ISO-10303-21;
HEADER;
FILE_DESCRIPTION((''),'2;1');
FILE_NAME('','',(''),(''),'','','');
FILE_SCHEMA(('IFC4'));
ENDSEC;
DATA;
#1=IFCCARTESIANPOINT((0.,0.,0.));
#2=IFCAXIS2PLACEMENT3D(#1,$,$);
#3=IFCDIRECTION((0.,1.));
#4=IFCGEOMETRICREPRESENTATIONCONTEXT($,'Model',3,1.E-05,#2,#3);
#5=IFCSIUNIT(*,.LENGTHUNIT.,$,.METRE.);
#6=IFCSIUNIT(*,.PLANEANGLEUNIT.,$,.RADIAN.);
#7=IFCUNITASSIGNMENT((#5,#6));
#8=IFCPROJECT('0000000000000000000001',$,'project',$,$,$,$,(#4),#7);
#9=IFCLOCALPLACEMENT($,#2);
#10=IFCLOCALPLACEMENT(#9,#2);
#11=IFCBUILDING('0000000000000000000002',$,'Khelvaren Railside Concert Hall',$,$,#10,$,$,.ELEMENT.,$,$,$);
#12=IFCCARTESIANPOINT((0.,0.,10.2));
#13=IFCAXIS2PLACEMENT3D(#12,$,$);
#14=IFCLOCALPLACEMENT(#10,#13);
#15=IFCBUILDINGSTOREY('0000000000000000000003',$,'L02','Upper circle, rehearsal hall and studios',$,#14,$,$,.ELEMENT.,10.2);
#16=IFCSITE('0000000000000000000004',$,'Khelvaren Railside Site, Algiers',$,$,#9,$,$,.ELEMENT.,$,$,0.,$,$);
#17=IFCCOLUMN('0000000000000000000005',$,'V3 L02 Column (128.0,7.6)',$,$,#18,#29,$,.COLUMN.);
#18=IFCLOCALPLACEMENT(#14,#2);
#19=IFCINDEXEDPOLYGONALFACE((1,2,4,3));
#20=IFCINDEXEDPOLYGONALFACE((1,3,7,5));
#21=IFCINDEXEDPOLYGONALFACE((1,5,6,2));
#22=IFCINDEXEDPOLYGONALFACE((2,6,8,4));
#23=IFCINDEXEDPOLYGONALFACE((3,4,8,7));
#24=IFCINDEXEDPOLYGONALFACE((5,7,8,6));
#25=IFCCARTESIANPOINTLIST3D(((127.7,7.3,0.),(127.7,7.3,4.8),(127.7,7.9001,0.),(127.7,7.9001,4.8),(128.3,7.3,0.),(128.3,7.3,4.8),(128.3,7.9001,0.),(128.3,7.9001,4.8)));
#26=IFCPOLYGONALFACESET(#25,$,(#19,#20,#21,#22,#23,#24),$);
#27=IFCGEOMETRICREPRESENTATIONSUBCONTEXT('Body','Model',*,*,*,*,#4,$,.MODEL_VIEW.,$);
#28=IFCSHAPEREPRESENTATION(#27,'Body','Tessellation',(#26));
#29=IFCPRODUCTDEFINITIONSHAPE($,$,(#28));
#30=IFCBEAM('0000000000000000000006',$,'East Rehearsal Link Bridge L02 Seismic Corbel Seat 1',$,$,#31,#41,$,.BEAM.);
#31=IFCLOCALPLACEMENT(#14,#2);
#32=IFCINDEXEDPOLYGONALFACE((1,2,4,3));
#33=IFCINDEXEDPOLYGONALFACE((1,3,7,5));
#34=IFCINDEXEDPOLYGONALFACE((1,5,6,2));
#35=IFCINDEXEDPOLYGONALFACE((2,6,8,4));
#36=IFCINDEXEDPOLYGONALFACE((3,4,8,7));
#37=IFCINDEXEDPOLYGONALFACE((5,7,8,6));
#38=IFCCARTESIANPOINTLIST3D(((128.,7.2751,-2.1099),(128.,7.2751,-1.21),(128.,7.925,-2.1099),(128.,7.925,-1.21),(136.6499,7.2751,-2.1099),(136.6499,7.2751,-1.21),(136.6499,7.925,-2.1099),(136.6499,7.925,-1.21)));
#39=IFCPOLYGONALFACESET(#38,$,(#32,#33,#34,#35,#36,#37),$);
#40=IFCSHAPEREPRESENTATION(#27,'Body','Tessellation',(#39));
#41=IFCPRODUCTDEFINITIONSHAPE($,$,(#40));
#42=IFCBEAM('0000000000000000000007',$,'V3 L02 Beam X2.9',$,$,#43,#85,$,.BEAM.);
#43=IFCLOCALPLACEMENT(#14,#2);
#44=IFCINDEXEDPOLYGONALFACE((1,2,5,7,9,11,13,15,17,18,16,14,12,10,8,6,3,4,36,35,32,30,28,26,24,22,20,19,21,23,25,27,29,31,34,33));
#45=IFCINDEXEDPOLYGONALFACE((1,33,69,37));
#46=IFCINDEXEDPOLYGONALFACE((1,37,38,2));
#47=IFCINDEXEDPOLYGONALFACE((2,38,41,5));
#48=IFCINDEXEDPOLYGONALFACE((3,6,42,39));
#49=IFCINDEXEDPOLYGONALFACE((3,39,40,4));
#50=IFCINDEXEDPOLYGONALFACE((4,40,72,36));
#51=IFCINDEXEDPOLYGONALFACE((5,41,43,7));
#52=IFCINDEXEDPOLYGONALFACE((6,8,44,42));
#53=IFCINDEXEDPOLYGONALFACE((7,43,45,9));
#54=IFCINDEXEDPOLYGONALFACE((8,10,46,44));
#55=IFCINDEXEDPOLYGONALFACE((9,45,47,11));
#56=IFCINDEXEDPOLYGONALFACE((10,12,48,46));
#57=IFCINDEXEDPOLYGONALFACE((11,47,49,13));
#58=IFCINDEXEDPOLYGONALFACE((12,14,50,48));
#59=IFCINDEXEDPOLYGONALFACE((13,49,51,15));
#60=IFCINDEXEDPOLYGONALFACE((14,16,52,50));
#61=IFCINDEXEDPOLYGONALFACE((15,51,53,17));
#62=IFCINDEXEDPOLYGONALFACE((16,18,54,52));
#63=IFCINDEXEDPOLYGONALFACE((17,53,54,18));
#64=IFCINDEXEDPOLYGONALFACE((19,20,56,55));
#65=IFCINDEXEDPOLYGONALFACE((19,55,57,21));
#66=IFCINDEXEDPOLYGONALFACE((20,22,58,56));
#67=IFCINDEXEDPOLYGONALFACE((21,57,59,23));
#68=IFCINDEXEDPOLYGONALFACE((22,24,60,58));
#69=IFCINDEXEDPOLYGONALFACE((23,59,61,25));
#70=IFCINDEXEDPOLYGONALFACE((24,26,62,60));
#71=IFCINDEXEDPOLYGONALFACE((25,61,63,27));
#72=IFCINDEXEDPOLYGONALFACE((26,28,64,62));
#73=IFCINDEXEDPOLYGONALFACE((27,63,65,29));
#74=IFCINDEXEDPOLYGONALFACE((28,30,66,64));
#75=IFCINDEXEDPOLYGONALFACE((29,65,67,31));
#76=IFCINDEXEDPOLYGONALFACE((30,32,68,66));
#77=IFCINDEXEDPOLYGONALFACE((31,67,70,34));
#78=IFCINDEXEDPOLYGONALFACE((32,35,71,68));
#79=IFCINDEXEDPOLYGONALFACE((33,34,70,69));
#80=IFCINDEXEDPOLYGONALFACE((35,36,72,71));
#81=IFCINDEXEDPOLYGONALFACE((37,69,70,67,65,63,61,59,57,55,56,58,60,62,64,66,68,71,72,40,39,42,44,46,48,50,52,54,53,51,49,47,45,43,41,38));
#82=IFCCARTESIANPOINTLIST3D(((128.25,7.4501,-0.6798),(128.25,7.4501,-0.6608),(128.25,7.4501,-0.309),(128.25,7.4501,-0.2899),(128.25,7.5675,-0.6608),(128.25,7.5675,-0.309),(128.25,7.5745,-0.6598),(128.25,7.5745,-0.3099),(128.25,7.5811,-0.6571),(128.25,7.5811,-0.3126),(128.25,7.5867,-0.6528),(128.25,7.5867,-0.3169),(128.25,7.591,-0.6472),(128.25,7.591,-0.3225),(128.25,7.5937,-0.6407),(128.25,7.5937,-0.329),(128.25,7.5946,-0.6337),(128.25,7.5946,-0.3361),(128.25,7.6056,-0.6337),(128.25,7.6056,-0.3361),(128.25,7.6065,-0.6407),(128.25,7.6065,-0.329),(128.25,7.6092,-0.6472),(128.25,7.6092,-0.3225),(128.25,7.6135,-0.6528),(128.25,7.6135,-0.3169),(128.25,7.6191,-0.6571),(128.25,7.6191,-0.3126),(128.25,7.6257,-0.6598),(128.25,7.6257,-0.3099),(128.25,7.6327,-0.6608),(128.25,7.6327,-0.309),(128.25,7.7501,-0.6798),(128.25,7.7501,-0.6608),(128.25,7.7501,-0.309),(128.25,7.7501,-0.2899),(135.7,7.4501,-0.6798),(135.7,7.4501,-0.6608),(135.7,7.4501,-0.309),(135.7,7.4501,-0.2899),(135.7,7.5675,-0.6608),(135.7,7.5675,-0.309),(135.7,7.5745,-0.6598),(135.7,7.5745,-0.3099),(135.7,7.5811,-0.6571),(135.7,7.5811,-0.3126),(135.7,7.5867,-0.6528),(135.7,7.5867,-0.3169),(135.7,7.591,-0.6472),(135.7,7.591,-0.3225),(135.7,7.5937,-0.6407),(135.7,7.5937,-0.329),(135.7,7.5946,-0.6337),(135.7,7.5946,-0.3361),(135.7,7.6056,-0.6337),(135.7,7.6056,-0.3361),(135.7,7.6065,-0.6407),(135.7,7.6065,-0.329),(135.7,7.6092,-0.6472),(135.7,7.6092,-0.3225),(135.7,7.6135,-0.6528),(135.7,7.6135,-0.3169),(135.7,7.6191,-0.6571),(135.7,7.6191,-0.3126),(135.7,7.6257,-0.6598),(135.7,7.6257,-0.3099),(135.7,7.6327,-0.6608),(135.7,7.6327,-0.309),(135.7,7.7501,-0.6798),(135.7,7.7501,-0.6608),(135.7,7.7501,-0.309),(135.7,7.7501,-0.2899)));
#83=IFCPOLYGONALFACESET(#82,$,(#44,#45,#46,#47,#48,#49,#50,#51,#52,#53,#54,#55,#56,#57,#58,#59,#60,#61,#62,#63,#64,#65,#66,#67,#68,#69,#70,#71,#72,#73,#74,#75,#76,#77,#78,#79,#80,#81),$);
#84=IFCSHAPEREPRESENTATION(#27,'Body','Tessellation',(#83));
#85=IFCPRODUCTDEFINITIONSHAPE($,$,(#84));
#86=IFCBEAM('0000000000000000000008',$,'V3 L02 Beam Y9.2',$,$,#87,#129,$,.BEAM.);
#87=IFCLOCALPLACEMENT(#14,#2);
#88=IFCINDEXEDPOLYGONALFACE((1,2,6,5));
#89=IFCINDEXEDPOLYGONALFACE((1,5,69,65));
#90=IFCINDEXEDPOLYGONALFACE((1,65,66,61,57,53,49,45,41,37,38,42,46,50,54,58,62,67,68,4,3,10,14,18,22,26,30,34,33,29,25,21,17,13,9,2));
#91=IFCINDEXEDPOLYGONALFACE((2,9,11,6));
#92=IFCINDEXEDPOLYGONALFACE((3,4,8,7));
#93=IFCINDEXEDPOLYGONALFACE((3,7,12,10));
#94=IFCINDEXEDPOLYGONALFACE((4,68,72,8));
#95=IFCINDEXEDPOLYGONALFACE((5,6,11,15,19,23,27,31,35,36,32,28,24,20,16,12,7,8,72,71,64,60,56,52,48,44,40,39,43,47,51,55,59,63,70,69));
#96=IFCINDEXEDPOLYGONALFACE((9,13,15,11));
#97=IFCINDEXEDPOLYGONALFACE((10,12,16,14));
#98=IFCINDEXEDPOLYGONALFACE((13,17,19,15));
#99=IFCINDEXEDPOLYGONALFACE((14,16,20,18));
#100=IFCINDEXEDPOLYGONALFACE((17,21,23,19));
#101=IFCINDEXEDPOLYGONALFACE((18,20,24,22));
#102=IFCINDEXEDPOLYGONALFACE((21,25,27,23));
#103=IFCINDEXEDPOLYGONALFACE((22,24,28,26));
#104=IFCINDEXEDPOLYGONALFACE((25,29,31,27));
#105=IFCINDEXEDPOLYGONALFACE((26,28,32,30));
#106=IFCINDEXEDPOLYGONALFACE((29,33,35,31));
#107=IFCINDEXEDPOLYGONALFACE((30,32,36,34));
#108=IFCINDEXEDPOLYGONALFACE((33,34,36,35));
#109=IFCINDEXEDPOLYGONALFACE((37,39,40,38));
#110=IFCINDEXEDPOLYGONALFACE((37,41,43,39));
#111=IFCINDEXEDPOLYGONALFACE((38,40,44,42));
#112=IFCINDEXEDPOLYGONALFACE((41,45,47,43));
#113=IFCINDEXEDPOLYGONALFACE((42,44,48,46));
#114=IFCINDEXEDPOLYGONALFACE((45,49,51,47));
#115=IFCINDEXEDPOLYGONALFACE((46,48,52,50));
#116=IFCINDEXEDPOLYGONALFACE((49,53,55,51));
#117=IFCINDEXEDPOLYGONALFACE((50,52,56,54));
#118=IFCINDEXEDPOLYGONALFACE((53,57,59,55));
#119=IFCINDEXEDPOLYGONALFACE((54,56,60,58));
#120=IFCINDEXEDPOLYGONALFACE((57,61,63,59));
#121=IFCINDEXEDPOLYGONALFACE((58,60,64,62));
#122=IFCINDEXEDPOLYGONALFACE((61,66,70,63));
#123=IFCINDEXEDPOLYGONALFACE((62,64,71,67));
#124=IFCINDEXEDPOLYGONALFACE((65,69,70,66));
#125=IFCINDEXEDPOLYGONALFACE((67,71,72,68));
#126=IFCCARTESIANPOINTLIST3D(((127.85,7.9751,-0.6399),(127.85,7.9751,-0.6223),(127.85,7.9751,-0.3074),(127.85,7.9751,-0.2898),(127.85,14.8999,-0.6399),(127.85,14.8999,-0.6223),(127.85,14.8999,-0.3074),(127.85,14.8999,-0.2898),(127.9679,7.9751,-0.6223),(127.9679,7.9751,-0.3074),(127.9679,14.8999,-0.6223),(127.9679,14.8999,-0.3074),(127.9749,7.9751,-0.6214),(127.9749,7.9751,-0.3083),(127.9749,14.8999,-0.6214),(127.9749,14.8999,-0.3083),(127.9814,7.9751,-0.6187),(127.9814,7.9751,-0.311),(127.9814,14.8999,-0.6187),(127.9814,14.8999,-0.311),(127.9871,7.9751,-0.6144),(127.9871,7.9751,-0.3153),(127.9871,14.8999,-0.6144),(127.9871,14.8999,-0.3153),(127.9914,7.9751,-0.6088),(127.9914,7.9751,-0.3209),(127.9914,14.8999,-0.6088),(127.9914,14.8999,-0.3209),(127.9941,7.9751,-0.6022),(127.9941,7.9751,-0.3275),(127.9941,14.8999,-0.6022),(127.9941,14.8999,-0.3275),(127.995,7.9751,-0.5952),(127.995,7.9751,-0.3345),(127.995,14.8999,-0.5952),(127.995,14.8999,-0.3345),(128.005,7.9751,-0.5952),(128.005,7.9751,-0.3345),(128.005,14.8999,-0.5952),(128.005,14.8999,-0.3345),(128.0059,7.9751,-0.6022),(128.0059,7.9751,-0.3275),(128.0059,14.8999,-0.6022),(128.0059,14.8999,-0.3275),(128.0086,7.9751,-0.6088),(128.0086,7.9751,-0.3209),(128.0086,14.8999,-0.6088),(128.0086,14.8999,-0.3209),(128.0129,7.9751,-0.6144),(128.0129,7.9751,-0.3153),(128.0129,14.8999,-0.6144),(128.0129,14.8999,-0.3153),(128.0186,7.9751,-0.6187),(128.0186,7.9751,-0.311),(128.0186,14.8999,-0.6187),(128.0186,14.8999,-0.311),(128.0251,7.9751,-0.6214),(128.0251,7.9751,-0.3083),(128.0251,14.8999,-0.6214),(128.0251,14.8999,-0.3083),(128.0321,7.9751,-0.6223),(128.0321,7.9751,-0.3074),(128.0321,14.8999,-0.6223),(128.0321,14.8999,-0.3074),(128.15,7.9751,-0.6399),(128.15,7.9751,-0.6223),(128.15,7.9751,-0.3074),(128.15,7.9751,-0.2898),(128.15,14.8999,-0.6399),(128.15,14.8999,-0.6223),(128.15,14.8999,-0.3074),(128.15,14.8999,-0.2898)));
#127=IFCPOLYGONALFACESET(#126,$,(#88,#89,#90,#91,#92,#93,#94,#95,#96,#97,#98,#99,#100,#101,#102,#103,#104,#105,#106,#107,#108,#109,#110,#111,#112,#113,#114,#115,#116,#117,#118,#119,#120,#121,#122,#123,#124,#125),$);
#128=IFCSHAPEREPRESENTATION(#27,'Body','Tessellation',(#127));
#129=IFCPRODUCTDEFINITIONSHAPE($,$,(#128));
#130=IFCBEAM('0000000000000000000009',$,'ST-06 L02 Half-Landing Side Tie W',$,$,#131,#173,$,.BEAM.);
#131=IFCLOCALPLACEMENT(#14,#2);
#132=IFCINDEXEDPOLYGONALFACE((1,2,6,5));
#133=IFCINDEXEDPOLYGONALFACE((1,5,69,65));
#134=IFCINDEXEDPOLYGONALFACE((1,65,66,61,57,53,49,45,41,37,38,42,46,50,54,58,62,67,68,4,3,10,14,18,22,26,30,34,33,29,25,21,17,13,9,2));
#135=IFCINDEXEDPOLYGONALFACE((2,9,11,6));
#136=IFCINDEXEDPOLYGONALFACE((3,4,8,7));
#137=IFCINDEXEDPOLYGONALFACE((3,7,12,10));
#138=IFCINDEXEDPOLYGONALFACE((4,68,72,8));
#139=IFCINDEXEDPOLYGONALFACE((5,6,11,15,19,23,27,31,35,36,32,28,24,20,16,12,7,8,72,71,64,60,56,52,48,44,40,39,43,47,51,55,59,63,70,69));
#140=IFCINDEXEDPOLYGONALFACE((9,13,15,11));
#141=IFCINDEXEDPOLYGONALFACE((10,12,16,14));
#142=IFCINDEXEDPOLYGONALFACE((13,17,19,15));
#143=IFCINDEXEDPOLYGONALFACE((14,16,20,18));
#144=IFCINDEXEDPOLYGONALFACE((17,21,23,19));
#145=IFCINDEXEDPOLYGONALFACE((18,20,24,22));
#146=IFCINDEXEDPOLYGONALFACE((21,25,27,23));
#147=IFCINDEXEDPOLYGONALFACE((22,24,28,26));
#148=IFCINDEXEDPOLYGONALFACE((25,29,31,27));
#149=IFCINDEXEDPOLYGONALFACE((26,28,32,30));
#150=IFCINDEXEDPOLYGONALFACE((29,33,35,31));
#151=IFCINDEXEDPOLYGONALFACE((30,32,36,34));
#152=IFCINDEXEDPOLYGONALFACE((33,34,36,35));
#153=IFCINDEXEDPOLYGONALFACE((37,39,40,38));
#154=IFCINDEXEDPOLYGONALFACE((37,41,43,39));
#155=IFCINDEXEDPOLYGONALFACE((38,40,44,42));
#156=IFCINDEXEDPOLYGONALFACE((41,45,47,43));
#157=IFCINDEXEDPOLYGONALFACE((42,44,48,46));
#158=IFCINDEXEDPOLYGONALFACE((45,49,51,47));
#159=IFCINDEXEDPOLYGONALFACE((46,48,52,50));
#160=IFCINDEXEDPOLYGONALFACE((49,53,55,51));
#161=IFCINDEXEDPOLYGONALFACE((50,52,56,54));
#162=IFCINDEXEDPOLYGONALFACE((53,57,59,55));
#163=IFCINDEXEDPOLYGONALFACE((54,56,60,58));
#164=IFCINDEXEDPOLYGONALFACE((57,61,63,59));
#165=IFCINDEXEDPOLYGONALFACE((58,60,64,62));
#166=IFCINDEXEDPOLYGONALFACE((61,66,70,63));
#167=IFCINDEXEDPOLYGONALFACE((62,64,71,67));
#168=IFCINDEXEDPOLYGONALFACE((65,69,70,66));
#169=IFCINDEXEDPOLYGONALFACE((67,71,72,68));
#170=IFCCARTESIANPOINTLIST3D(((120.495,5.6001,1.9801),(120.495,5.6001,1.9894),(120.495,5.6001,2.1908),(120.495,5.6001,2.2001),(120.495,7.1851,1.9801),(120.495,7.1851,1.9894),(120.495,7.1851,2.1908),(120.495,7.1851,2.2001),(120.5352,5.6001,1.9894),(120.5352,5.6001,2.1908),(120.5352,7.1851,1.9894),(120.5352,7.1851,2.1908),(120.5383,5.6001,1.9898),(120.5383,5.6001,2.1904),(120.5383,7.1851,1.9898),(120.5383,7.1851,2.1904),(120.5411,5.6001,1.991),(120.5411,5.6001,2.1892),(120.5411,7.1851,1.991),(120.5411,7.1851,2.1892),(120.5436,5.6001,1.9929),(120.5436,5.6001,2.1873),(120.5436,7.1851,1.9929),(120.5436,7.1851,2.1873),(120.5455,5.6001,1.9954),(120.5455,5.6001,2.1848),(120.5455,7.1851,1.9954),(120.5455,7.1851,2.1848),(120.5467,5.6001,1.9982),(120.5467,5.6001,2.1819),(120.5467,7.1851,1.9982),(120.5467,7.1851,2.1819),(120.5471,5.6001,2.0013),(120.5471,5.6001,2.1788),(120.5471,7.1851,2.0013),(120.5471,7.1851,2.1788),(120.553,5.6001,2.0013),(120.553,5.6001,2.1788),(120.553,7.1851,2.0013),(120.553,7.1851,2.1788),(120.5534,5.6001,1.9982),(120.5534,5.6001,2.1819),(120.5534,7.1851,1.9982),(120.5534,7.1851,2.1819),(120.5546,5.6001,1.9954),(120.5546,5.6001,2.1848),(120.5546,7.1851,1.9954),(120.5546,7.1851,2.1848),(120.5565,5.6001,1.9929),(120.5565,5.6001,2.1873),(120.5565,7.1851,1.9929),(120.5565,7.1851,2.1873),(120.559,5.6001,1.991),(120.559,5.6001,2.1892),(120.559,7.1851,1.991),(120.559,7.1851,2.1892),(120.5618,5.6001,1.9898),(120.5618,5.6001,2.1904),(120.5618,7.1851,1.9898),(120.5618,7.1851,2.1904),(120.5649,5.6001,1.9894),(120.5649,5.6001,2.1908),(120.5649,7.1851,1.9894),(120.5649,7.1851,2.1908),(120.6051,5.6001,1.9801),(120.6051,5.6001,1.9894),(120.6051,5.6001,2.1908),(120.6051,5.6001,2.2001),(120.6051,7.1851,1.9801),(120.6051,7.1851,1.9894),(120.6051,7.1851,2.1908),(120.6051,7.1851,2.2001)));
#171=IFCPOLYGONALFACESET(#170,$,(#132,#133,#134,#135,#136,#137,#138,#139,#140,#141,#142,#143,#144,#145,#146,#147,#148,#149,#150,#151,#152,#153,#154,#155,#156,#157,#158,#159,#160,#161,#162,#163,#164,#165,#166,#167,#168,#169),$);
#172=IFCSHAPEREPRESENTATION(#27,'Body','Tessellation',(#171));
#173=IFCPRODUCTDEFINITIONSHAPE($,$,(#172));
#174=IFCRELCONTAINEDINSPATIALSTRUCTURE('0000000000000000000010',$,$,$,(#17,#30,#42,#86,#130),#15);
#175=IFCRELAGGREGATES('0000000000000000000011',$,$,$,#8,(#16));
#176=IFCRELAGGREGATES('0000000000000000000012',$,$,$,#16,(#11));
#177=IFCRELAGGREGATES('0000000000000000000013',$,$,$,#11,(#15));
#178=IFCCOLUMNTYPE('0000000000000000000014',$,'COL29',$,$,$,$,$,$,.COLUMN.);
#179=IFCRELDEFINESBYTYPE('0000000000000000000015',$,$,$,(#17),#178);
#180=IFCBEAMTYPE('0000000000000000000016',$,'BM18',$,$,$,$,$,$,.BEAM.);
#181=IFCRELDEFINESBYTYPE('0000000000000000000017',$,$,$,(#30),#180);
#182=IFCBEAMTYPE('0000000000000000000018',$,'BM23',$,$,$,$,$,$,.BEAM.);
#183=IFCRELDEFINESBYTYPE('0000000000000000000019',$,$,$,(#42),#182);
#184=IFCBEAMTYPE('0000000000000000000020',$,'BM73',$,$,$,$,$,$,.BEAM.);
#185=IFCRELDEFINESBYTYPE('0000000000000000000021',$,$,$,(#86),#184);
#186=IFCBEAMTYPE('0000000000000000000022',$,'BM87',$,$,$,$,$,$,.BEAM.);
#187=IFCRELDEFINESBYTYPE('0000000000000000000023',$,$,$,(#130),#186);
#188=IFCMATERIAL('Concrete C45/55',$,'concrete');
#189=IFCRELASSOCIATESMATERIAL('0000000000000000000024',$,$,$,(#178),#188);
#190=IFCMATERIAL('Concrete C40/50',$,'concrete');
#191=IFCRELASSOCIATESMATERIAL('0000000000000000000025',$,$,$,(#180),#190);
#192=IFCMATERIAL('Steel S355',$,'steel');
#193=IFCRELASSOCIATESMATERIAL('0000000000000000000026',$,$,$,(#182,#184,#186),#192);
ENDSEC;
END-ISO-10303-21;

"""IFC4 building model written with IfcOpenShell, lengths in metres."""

from ifc_helpers import new_model, si_unit, direction, frame, origin, origin_2d, place, context, subcontext, project, spatial, rectangle, i_section, extrude, material, material_profile, profile_set, type_object, element, save


model = new_model("IFC4")

# Units and contexts
model_context = context("Model", 3, precision=1e-05, world=origin(), true_north=direction((0.0, 1.0)))
body_context = subcontext(model_context, "Body", "Model", "MODEL_VIEW")
ifc_project = project(units=[si_unit("LENGTHUNIT", "METRE"), si_unit("PLANEANGLEUNIT", "RADIAN")], contexts=[model_context])

# Site, building, storey
site_placement = place(None, origin())
site = spatial("IfcSite", under=ifc_project, at=site_placement, Name="Khelvaren Railside Site, Algiers", CompositionType="ELEMENT", RefElevation=0.0)
building_placement = place(site_placement, origin())
building = spatial("IfcBuilding", under=site, at=building_placement, Name="Khelvaren Railside Concert Hall", CompositionType="ELEMENT")
storey_placement = place(building_placement, frame((0.0, 0.0, 10.2)))
storey = spatial("IfcBuildingStorey", under=building, at=storey_placement, Name="L02", Description="Upper circle, rehearsal hall and studios", CompositionType="ELEMENT", Elevation=10.2)

# Column
ifc_material_1 = material(Name="Concrete C45/55", Category="concrete")
ifc_material_profile_1 = material_profile(ifc_material_1, rectangle(XDim=0.6001, YDim=0.6001, at=origin_2d()), Name="RC 600x600")
ifc_profile_set_1 = profile_set([ifc_material_profile_1], Name="Concrete C45/55")
column_type = type_object("IfcColumnType", Name="COL29", PredefinedType="COLUMN", material=ifc_profile_set_1)
column_placement = place(storey_placement, frame((128.0, 7.6001, 0.0), z_axis=(0.0, 0.0, 1.0), x_axis=(1.0, 0.0, 0.0)))
element("IfcColumn", 1, at=column_placement, inside=storey, type_object=column_type, Name="V3 L02 Column (128.0,7.6)", PredefinedType="COLUMN", context=body_context, shape_type="SweptSolid", body=[
    extrude(rectangle(XDim=0.6001, YDim=0.6001, at=origin_2d()), origin(), (0.0, 0.0, 1.0), 4.8),
])

# Beams
ifc_material_2 = material(Name="Concrete C40/50", Category="concrete")
ifc_material_profile_2 = material_profile(ifc_material_2, rectangle(XDim=0.6499, YDim=0.8999, at=origin_2d()), Name="RCB 650x900")
ifc_profile_set_2 = profile_set([ifc_material_profile_2], Name="Concrete C40/50")
beam_type_1 = type_object("IfcBeamType", Name="BM18", PredefinedType="BEAM", material=ifc_profile_set_2)
beam_1_placement = place(storey_placement, frame((128.0, 7.6001, -1.6599), z_axis=(1.0, 0.0, 0.0), x_axis=(0.0, 1.0, 0.0)))
element("IfcBeam", 2, at=beam_1_placement, inside=storey, type_object=beam_type_1, Name="East Rehearsal Link Bridge L02 Seismic Corbel Seat 1", PredefinedType="BEAM", context=body_context, shape_type="SweptSolid", body=[
    extrude(rectangle(XDim=0.6499, YDim=0.8999, at=origin_2d()), origin(), (0.0, 0.0, 1.0), 8.6499),
])
ifc_material_3 = material(Name="Steel S355", Category="steel")
ifc_material_profile_3 = material_profile(ifc_material_3, i_section(OverallWidth=0.3, OverallDepth=0.3899, WebThickness=0.011, FlangeThickness=0.019, FilletRadius=0.0271, at=origin_2d()), Name="HEA 400")
ifc_profile_set_3 = profile_set([ifc_material_profile_3], Name="Steel S355")
beam_type_2 = type_object("IfcBeamType", Name="BM23", PredefinedType="BEAM", material=ifc_profile_set_3)
beam_2_placement = place(storey_placement, frame((128.25, 7.6001, -0.4849), z_axis=(1.0, 0.0, 0.0), x_axis=(0.0, 1.0, 0.0)))
element("IfcBeam", 3, at=beam_2_placement, inside=storey, type_object=beam_type_2, Name="V3 L02 Beam X2.9", PredefinedType="BEAM", context=body_context, shape_type="SweptSolid", body=[
    extrude(i_section(OverallWidth=0.3, OverallDepth=0.3899, WebThickness=0.011, FlangeThickness=0.019, FilletRadius=0.0271, at=origin_2d()), origin(), (0.0, 0.0, 1.0), 7.45),
])
ifc_material_profile_4 = material_profile(ifc_material_3, i_section(OverallWidth=0.3, OverallDepth=0.3501, WebThickness=0.01, FlangeThickness=0.0176, FilletRadius=0.0271, at=origin_2d()), Name="HEA 360")
ifc_profile_set_4 = profile_set([ifc_material_profile_4], Name="Steel S355")
beam_type_3 = type_object("IfcBeamType", Name="BM73", PredefinedType="BEAM", material=ifc_profile_set_4)
beam_3_placement = place(storey_placement, frame((128.0, 7.9751, -0.4648), z_axis=(0.0, 1.0, 0.0), x_axis=(-1.0, 0.0, 0.0)))
element("IfcBeam", 4, at=beam_3_placement, inside=storey, type_object=beam_type_3, Name="V3 L02 Beam Y9.2", PredefinedType="BEAM", context=body_context, shape_type="SweptSolid", body=[
    extrude(i_section(OverallWidth=0.3, OverallDepth=0.3501, WebThickness=0.01, FlangeThickness=0.0176, FilletRadius=0.0271, at=origin_2d()), origin(), (0.0, 0.0, 1.0), 6.9248),
])
ifc_material_profile_5 = material_profile(ifc_material_3, i_section(OverallWidth=0.1101, OverallDepth=0.22, WebThickness=0.0059, FlangeThickness=0.0093, FilletRadius=0.012, at=origin_2d()), Name="IPE 220")
ifc_profile_set_5 = profile_set([ifc_material_profile_5], Name="Steel S355")
beam_type_4 = type_object("IfcBeamType", Name="BM87", PredefinedType="BEAM", material=ifc_profile_set_5)
for number, where, z_axis, x_axis, name in (
    (5, (120.55, 5.6001, 2.0901), (0.0, 1.0, 0.0), (-1.0, 0.0, 0.0), "ST-06 L02 Half-Landing Side Tie W"),
):
    element("IfcBeam", number, at=place(storey_placement, frame(where, z_axis=z_axis, x_axis=x_axis)), inside=storey, type_object=beam_type_4, Name=name, PredefinedType="BEAM", context=body_context, shape_type="SweptSolid", body=[
        extrude(i_section(OverallWidth=0.1101, OverallDepth=0.22, WebThickness=0.0059, FlangeThickness=0.0093, FilletRadius=0.012, at=origin_2d()), origin(), (0.0, 0.0, 1.0), 1.585),
    ])

save(model, "model.ifc")
